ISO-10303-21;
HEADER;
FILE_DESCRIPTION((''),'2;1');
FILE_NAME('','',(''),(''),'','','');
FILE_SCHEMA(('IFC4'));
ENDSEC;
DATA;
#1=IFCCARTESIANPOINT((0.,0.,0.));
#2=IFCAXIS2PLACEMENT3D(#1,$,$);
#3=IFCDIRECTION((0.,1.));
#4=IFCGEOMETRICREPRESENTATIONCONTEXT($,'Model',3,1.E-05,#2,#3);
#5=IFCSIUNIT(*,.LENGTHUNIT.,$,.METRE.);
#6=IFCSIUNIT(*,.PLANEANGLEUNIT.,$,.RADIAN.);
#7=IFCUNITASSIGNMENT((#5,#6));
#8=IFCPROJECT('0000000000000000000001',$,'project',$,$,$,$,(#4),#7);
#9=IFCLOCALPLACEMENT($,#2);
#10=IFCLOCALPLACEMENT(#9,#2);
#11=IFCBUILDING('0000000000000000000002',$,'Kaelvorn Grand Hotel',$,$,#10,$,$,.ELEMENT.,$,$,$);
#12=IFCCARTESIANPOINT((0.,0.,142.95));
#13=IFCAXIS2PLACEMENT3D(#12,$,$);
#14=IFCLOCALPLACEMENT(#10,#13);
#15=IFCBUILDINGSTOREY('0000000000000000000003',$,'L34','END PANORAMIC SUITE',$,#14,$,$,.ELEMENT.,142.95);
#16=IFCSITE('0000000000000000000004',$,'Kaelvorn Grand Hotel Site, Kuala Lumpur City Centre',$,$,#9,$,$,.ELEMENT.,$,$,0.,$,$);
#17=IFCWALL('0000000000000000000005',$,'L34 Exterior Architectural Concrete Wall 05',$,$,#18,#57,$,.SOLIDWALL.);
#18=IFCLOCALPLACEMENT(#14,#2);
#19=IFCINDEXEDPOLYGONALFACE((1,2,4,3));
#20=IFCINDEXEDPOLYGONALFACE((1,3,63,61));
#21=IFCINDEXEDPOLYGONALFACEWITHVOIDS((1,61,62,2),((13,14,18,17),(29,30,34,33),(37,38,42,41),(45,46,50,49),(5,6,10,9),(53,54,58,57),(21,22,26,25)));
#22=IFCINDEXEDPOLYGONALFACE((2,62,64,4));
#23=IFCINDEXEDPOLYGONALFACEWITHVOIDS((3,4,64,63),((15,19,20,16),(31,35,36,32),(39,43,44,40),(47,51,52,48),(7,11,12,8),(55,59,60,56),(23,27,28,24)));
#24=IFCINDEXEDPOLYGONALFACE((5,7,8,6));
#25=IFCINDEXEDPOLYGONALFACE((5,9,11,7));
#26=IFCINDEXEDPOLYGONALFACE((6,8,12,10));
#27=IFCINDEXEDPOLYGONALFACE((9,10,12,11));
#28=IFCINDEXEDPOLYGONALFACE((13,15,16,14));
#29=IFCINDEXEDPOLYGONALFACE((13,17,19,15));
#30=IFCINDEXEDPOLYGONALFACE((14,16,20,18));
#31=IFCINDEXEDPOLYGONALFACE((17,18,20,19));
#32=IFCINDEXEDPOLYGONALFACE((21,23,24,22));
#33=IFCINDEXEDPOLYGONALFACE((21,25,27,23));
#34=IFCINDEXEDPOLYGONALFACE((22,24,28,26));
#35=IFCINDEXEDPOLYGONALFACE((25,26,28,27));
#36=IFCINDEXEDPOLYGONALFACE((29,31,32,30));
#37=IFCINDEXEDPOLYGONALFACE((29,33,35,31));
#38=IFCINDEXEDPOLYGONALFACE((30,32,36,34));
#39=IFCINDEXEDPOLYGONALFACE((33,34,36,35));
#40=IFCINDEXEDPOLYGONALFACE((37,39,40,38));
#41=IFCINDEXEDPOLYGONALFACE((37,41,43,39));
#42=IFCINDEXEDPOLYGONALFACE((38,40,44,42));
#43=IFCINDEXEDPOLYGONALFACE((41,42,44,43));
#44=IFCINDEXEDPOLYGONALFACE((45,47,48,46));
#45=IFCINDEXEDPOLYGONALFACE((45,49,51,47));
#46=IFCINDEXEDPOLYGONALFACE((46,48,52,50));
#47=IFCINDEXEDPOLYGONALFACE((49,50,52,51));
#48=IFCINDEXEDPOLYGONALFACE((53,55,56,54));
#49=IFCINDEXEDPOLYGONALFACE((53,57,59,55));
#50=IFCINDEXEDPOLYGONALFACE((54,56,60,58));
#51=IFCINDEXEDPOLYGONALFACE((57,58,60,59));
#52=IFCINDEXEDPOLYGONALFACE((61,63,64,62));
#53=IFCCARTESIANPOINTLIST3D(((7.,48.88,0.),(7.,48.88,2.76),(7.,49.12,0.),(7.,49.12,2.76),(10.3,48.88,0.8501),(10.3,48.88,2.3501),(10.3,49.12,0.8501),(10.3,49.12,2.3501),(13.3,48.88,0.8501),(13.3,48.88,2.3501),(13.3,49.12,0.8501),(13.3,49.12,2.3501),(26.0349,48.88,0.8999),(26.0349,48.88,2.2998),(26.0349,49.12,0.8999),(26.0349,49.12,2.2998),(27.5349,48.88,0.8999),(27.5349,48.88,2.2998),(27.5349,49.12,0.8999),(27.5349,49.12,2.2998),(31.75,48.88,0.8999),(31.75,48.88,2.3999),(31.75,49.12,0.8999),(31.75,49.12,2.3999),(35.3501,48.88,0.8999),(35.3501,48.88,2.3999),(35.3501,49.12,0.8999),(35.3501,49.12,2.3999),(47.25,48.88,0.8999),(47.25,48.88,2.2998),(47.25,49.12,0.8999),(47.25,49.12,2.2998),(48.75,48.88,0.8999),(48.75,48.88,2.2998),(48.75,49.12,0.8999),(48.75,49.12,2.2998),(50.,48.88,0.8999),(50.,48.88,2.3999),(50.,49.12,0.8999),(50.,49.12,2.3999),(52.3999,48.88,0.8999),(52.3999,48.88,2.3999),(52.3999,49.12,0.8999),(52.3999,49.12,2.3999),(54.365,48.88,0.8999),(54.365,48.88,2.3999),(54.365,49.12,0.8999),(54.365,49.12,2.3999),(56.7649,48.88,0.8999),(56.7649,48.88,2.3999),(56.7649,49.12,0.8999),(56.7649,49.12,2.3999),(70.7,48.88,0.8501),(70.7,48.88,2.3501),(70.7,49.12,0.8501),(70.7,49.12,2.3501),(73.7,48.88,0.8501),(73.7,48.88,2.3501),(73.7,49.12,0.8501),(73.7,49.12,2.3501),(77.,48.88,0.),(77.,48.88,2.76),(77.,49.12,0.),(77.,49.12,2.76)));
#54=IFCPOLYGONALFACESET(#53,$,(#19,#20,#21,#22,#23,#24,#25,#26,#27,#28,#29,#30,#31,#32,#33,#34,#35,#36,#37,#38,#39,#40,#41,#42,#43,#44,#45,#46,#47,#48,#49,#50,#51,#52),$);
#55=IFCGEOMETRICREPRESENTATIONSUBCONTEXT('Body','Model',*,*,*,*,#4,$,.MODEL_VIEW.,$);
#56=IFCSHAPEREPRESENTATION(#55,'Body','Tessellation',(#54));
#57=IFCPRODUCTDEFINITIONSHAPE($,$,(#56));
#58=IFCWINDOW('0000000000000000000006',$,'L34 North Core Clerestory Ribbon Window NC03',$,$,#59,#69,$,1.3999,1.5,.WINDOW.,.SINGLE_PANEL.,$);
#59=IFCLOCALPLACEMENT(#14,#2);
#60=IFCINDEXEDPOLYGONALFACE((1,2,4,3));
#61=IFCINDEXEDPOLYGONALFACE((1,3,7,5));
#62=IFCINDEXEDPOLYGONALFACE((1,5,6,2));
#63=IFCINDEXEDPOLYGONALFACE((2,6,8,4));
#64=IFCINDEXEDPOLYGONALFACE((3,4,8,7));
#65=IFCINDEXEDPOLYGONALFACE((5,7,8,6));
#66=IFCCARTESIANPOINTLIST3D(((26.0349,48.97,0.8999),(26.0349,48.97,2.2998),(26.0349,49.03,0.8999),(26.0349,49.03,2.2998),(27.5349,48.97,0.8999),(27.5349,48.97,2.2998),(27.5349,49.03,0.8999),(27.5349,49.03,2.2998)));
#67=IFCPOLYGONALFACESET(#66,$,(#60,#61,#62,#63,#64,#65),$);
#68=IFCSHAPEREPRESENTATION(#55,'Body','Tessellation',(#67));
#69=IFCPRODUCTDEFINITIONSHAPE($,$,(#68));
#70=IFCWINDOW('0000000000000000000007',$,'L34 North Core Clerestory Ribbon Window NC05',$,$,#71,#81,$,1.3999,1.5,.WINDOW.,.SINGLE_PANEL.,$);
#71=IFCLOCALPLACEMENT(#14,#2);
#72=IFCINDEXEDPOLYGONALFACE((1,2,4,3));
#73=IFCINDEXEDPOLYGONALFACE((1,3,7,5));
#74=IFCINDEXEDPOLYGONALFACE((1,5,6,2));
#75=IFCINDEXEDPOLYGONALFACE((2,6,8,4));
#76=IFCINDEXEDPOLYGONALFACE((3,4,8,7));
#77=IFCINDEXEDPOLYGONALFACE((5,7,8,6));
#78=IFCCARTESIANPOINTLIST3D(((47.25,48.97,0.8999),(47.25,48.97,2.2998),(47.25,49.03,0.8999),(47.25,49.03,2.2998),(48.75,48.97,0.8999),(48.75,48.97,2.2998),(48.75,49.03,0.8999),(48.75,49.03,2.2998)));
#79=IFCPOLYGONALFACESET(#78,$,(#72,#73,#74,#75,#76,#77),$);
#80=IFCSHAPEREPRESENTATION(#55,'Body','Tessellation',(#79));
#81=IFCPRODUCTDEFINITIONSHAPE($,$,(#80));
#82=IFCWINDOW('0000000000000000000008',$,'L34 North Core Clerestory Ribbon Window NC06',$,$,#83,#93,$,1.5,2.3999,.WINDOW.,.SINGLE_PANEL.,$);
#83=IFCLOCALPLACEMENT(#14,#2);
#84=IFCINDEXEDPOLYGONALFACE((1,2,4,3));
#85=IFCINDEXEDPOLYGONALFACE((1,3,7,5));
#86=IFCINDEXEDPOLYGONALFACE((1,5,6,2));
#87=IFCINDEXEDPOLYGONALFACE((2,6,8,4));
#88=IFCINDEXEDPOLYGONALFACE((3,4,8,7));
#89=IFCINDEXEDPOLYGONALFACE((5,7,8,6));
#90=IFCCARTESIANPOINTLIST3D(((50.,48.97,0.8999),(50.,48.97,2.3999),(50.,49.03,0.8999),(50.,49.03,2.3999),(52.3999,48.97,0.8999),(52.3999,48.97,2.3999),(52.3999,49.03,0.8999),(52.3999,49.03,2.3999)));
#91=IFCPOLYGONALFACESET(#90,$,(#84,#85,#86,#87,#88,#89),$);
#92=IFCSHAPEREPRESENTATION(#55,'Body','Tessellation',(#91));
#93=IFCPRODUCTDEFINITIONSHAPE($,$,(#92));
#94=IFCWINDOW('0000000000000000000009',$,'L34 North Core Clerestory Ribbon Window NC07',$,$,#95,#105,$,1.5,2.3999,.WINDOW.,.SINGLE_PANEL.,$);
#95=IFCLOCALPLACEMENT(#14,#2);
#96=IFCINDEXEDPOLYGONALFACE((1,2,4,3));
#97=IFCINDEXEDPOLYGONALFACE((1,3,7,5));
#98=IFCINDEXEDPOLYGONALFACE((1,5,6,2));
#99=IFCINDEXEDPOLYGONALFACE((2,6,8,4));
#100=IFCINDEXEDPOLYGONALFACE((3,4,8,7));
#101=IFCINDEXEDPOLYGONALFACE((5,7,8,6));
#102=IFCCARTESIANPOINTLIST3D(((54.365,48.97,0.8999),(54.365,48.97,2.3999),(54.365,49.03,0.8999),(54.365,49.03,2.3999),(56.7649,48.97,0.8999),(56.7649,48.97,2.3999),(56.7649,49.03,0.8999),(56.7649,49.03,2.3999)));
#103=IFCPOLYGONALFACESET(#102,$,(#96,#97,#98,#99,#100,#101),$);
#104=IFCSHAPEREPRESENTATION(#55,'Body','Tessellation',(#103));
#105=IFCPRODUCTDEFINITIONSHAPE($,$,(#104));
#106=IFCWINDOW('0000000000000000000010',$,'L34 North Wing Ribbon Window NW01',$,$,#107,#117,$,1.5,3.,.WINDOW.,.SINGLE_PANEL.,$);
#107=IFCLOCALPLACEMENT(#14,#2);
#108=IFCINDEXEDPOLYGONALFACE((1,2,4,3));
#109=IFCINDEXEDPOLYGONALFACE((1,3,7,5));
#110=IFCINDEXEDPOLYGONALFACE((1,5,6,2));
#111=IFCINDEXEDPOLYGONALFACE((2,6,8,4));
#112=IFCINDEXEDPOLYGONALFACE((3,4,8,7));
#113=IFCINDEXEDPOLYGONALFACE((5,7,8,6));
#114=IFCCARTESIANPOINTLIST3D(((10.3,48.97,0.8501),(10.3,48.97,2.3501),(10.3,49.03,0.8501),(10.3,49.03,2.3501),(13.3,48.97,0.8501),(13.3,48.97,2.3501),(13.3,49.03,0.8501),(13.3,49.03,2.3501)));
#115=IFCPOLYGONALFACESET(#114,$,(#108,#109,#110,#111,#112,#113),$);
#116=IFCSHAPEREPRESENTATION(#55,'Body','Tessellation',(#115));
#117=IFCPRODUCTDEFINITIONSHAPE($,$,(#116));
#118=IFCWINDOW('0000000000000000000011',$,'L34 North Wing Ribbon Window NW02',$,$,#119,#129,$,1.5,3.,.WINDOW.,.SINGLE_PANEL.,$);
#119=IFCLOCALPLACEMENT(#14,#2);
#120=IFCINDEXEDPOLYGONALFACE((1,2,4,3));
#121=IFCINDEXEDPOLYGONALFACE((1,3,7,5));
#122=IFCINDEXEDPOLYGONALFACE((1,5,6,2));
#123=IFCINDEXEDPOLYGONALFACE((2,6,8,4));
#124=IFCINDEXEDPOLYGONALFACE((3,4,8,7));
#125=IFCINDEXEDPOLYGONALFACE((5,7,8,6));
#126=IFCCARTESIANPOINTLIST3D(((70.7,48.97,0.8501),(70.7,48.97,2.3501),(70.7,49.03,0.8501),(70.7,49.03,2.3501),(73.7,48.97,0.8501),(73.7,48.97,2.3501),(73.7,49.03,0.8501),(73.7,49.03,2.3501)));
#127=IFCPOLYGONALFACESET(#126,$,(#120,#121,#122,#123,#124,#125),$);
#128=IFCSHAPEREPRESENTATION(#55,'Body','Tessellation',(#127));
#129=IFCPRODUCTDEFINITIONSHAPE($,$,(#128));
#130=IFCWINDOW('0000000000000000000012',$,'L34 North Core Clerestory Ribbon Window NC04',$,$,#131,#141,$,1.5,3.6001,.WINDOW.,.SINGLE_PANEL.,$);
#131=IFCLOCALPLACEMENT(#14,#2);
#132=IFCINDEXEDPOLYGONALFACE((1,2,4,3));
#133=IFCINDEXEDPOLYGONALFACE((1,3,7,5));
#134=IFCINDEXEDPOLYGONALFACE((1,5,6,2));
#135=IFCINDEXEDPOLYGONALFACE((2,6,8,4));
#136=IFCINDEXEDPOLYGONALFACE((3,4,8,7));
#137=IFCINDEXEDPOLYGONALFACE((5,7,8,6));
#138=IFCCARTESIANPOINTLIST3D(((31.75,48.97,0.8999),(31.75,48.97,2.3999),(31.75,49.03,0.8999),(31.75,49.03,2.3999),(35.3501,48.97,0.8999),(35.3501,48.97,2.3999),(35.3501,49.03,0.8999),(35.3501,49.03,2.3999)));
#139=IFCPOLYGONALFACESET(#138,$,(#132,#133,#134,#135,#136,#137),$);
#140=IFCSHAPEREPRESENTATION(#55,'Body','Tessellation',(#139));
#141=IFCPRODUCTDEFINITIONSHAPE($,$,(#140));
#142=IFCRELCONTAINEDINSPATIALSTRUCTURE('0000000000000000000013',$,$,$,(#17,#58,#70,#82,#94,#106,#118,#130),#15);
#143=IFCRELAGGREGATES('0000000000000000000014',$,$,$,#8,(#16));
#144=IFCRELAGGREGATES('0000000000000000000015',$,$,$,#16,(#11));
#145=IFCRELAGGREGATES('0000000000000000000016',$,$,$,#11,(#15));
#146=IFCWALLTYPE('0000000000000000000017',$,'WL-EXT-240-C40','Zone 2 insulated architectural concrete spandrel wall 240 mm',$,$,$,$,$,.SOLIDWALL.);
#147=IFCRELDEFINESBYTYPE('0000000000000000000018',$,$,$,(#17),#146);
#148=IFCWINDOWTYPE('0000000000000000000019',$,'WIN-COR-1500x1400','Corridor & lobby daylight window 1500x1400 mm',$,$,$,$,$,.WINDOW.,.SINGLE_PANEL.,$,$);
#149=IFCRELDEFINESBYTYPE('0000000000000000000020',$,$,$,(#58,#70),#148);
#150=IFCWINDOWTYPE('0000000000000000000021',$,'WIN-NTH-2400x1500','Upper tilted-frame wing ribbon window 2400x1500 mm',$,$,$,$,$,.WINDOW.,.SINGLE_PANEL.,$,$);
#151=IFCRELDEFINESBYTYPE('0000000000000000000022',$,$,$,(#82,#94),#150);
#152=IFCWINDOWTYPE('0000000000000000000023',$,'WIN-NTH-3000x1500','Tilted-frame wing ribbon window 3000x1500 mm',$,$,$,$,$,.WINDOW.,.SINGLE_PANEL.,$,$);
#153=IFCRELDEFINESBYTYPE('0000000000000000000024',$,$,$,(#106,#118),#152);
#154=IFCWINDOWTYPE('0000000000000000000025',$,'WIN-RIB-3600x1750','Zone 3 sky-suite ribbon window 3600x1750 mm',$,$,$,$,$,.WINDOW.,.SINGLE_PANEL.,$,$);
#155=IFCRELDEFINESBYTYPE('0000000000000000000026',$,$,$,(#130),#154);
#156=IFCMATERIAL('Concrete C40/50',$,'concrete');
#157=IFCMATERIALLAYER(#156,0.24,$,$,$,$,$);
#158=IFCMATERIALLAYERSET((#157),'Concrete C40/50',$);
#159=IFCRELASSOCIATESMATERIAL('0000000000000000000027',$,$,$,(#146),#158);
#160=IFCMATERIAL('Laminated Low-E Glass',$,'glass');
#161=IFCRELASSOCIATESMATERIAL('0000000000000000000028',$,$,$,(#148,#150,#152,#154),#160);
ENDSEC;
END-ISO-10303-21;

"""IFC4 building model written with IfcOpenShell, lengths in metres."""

from ifc_helpers import new_model, si_unit, direction, frame, frame_2d, origin, place, context, subcontext, project, spatial, rectangle, extrude, material, layer, layer_set, type_object, element, fill, save


model = new_model("IFC4")

# Units and contexts
model_context = context("Model", 3, precision=1e-05, world=origin(), true_north=direction((0.0, 1.0)))
body_context = subcontext(model_context, "Body", "Model", "MODEL_VIEW")
ifc_project = project(units=[si_unit("LENGTHUNIT", "METRE"), si_unit("PLANEANGLEUNIT", "RADIAN")], contexts=[model_context])

# Site, building, storey
site_placement = place(None, origin())
site = spatial("IfcSite", under=ifc_project, at=site_placement, Name="Kaelvorn Grand Hotel Site, Kuala Lumpur City Centre", CompositionType="ELEMENT", RefElevation=0.0)
building_placement = place(site_placement, origin())
building = spatial("IfcBuilding", under=site, at=building_placement, Name="Kaelvorn Grand Hotel", CompositionType="ELEMENT")
storey_placement = place(building_placement, frame((0.0, 0.0, 142.95)))
storey = spatial("IfcBuildingStorey", under=building, at=storey_placement, Name="L34", Description="END PANORAMIC SUITE", CompositionType="ELEMENT", Elevation=142.95)

# Shared definitions
ifc_material_1 = material(Name="Concrete C40/50", Category="concrete")
ifc_layer_1 = layer(ifc_material_1, 0.24)
ifc_layer_set_1 = layer_set([ifc_layer_1], Name="Concrete C40/50")
wall_type = type_object("IfcWallType", Name="WL-EXT-240-C40", Description="Zone 2 insulated architectural concrete spandrel wall 240 mm", PredefinedType="SOLIDWALL", material=ifc_layer_set_1)
ifc_material_2 = material(Name="Laminated Low-E Glass", Category="glass")

# Wall, openings, windows
wall_1_placement = place(storey_placement, frame((77.0, 49.0, 0.0), z_axis=(0.0, 0.0, 1.0), x_axis=(-1.0, 0.0, 0.0)))
wall_1 = element("IfcWall", 1, at=wall_1_placement, inside=storey, type_object=wall_type, Name="L34 Exterior Architectural Concrete Wall 05", PredefinedType="SOLIDWALL", context=body_context, shape_type="SweptSolid", body=[
    extrude(rectangle(XDim=70.0, YDim=0.24, at=frame_2d((35.0, 0.0))), origin(), (0.0, 0.0, 1.0), 2.76),
])
opening_1_placement = place(wall_1_placement, frame((63.7, 0.0, 0.8501)))
opening_1 = element("IfcOpeningElement", 2, at=opening_1_placement, cuts=wall_1, PredefinedType="OPENING", context=body_context, shape_type="SweptSolid", body=[
    extrude(rectangle(XDim=3.0, YDim=1.5, at=frame_2d((1.5, 0.75))), frame((0.0, 0.1299, 0.0), z_axis=(0.0, -1.0, 0.0), x_axis=(1.0, 0.0, 0.0)), (0.0, 0.0, 1.0), 0.26),
])
opening_2_placement = place(wall_1_placement, frame((3.3, 0.0, 0.8501)))
opening_2 = element("IfcOpeningElement", 3, at=opening_2_placement, cuts=wall_1, PredefinedType="OPENING", context=body_context, shape_type="SweptSolid", body=[
    extrude(rectangle(XDim=3.0, YDim=1.5, at=frame_2d((1.5, 0.75))), frame((0.0, 0.1299, 0.0), z_axis=(0.0, -1.0, 0.0), x_axis=(1.0, 0.0, 0.0)), (0.0, 0.0, 1.0), 0.26),
])
opening_3_placement = place(wall_1_placement, frame((49.4651, 0.0, 0.8999)))
opening_3 = element("IfcOpeningElement", 4, at=opening_3_placement, cuts=wall_1, PredefinedType="OPENING", context=body_context, shape_type="SweptSolid", body=[
    extrude(rectangle(XDim=1.5, YDim=1.3999, at=frame_2d((0.75, 0.7))), frame((0.0, 0.1299, 0.0), z_axis=(0.0, -1.0, 0.0), x_axis=(1.0, 0.0, 0.0)), (0.0, 0.0, 1.0), 0.26),
])
opening_4_placement = place(wall_1_placement, frame((41.6499, 0.0, 0.8999)))
opening_4 = element("IfcOpeningElement", 5, at=opening_4_placement, cuts=wall_1, PredefinedType="OPENING", context=body_context, shape_type="SweptSolid", body=[
    extrude(rectangle(XDim=3.6001, YDim=1.5, at=frame_2d((1.8, 0.75))), frame((0.0, 0.1299, 0.0), z_axis=(0.0, -1.0, 0.0), x_axis=(1.0, 0.0, 0.0)), (0.0, 0.0, 1.0), 0.26),
])
opening_5_placement = place(wall_1_placement, frame((28.25, 0.0, 0.8999)))
opening_5 = element("IfcOpeningElement", 6, at=opening_5_placement, cuts=wall_1, PredefinedType="OPENING", context=body_context, shape_type="SweptSolid", body=[
    extrude(rectangle(XDim=1.5, YDim=1.3999, at=frame_2d((0.75, 0.7))), frame((0.0, 0.1299, 0.0), z_axis=(0.0, -1.0, 0.0), x_axis=(1.0, 0.0, 0.0)), (0.0, 0.0, 1.0), 0.26),
])
opening_6_placement = place(wall_1_placement, frame((24.6001, 0.0, 0.8999)))
opening_6 = element("IfcOpeningElement", 7, at=opening_6_placement, cuts=wall_1, PredefinedType="OPENING", context=body_context, shape_type="SweptSolid", body=[
    extrude(rectangle(XDim=2.3999, YDim=1.5, at=frame_2d((1.2, 0.75))), frame((0.0, 0.1299, 0.0), z_axis=(0.0, -1.0, 0.0), x_axis=(1.0, 0.0, 0.0)), (0.0, 0.0, 1.0), 0.26),
])
opening_7_placement = place(wall_1_placement, frame((20.2351, 0.0, 0.8999)))
opening_7 = element("IfcOpeningElement", 8, at=opening_7_placement, cuts=wall_1, PredefinedType="OPENING", context=body_context, shape_type="SweptSolid", body=[
    extrude(rectangle(XDim=2.3999, YDim=1.5, at=frame_2d((1.2, 0.75))), frame((0.0, 0.1299, 0.0), z_axis=(0.0, -1.0, 0.0), x_axis=(1.0, 0.0, 0.0)), (0.0, 0.0, 1.0), 0.26),
])
window_type_1 = type_object("IfcWindowType", Name="WIN-COR-1500x1400", Description="Corridor & lobby daylight window 1500x1400 mm", PartitioningType="SINGLE_PANEL", PredefinedType="WINDOW", material=ifc_material_2)
window_1_placement = place(opening_3_placement, origin())
window_1 = element("IfcWindow", 9, at=window_1_placement, inside=storey, type_object=window_type_1, Name="L34 North Core Clerestory Ribbon Window NC03", OverallHeight=1.3999, OverallWidth=1.5, PartitioningType="SINGLE_PANEL", PredefinedType="WINDOW", context=body_context, shape_type="SweptSolid", body=[
    extrude(rectangle(XDim=1.5, YDim=1.3999, at=frame_2d((0.75, 0.7))), frame((0.0, 0.03, 0.0), z_axis=(0.0, -1.0, 0.0), x_axis=(1.0, 0.0, 0.0)), (0.0, 0.0, 1.0), 0.0601),
])
fill(opening_3, window_1)
window_2_placement = place(opening_5_placement, origin())
window_2 = element("IfcWindow", 10, at=window_2_placement, inside=storey, type_object=window_type_1, Name="L34 North Core Clerestory Ribbon Window NC05", OverallHeight=1.3999, OverallWidth=1.5, PartitioningType="SINGLE_PANEL", PredefinedType="WINDOW", context=body_context, shape_type="SweptSolid", body=[
    extrude(rectangle(XDim=1.5, YDim=1.3999, at=frame_2d((0.75, 0.7))), frame((0.0, 0.03, 0.0), z_axis=(0.0, -1.0, 0.0), x_axis=(1.0, 0.0, 0.0)), (0.0, 0.0, 1.0), 0.0601),
])
fill(opening_5, window_2)
window_type_2 = type_object("IfcWindowType", Name="WIN-NTH-2400x1500", Description="Upper tilted-frame wing ribbon window 2400x1500 mm", PartitioningType="SINGLE_PANEL", PredefinedType="WINDOW", material=ifc_material_2)
window_3_placement = place(opening_6_placement, origin())
window_3 = element("IfcWindow", 11, at=window_3_placement, inside=storey, type_object=window_type_2, Name="L34 North Core Clerestory Ribbon Window NC06", OverallHeight=1.5, OverallWidth=2.3999, PartitioningType="SINGLE_PANEL", PredefinedType="WINDOW", context=body_context, shape_type="SweptSolid", body=[
    extrude(rectangle(XDim=2.3999, YDim=1.5, at=frame_2d((1.2, 0.75))), frame((0.0, 0.03, 0.0), z_axis=(0.0, -1.0, 0.0), x_axis=(1.0, 0.0, 0.0)), (0.0, 0.0, 1.0), 0.0601),
])
fill(opening_6, window_3)
window_4_placement = place(opening_7_placement, origin())
window_4 = element("IfcWindow", 12, at=window_4_placement, inside=storey, type_object=window_type_2, Name="L34 North Core Clerestory Ribbon Window NC07", OverallHeight=1.5, OverallWidth=2.3999, PartitioningType="SINGLE_PANEL", PredefinedType="WINDOW", context=body_context, shape_type="SweptSolid", body=[
    extrude(rectangle(XDim=2.3999, YDim=1.5, at=frame_2d((1.2, 0.75))), frame((0.0, 0.03, 0.0), z_axis=(0.0, -1.0, 0.0), x_axis=(1.0, 0.0, 0.0)), (0.0, 0.0, 1.0), 0.0601),
])
fill(opening_7, window_4)
window_type_3 = type_object("IfcWindowType", Name="WIN-NTH-3000x1500", Description="Tilted-frame wing ribbon window 3000x1500 mm", PartitioningType="SINGLE_PANEL", PredefinedType="WINDOW", material=ifc_material_2)
window_5_placement = place(opening_1_placement, origin())
window_5 = element("IfcWindow", 13, at=window_5_placement, inside=storey, type_object=window_type_3, Name="L34 North Wing Ribbon Window NW01", OverallHeight=1.5, OverallWidth=3.0, PartitioningType="SINGLE_PANEL", PredefinedType="WINDOW", context=body_context, shape_type="SweptSolid", body=[
    extrude(rectangle(XDim=3.0, YDim=1.5, at=frame_2d((1.5, 0.75))), frame((0.0, 0.03, 0.0), z_axis=(0.0, -1.0, 0.0), x_axis=(1.0, 0.0, 0.0)), (0.0, 0.0, 1.0), 0.0601),
])
fill(opening_1, window_5)
window_6_placement = place(opening_2_placement, origin())
window_6 = element("IfcWindow", 14, at=window_6_placement, inside=storey, type_object=window_type_3, Name="L34 North Wing Ribbon Window NW02", OverallHeight=1.5, OverallWidth=3.0, PartitioningType="SINGLE_PANEL", PredefinedType="WINDOW", context=body_context, shape_type="SweptSolid", body=[
    extrude(rectangle(XDim=3.0, YDim=1.5, at=frame_2d((1.5, 0.75))), frame((0.0, 0.03, 0.0), z_axis=(0.0, -1.0, 0.0), x_axis=(1.0, 0.0, 0.0)), (0.0, 0.0, 1.0), 0.0601),
])
fill(opening_2, window_6)
window_type_4 = type_object("IfcWindowType", Name="WIN-RIB-3600x1750", Description="Zone 3 sky-suite ribbon window 3600x1750 mm", PartitioningType="SINGLE_PANEL", PredefinedType="WINDOW", material=ifc_material_2)
window_7_placement = place(opening_4_placement, origin())
window_7 = element("IfcWindow", 15, at=window_7_placement, inside=storey, type_object=window_type_4, Name="L34 North Core Clerestory Ribbon Window NC04", OverallHeight=1.5, OverallWidth=3.6001, PartitioningType="SINGLE_PANEL", PredefinedType="WINDOW", context=body_context, shape_type="SweptSolid", body=[
    extrude(rectangle(XDim=3.6001, YDim=1.5, at=frame_2d((1.8, 0.75))), frame((0.0, 0.03, 0.0), z_axis=(0.0, -1.0, 0.0), x_axis=(1.0, 0.0, 0.0)), (0.0, 0.0, 1.0), 0.0601),
])
fill(opening_4, window_7)

save(model, "model.ifc")
